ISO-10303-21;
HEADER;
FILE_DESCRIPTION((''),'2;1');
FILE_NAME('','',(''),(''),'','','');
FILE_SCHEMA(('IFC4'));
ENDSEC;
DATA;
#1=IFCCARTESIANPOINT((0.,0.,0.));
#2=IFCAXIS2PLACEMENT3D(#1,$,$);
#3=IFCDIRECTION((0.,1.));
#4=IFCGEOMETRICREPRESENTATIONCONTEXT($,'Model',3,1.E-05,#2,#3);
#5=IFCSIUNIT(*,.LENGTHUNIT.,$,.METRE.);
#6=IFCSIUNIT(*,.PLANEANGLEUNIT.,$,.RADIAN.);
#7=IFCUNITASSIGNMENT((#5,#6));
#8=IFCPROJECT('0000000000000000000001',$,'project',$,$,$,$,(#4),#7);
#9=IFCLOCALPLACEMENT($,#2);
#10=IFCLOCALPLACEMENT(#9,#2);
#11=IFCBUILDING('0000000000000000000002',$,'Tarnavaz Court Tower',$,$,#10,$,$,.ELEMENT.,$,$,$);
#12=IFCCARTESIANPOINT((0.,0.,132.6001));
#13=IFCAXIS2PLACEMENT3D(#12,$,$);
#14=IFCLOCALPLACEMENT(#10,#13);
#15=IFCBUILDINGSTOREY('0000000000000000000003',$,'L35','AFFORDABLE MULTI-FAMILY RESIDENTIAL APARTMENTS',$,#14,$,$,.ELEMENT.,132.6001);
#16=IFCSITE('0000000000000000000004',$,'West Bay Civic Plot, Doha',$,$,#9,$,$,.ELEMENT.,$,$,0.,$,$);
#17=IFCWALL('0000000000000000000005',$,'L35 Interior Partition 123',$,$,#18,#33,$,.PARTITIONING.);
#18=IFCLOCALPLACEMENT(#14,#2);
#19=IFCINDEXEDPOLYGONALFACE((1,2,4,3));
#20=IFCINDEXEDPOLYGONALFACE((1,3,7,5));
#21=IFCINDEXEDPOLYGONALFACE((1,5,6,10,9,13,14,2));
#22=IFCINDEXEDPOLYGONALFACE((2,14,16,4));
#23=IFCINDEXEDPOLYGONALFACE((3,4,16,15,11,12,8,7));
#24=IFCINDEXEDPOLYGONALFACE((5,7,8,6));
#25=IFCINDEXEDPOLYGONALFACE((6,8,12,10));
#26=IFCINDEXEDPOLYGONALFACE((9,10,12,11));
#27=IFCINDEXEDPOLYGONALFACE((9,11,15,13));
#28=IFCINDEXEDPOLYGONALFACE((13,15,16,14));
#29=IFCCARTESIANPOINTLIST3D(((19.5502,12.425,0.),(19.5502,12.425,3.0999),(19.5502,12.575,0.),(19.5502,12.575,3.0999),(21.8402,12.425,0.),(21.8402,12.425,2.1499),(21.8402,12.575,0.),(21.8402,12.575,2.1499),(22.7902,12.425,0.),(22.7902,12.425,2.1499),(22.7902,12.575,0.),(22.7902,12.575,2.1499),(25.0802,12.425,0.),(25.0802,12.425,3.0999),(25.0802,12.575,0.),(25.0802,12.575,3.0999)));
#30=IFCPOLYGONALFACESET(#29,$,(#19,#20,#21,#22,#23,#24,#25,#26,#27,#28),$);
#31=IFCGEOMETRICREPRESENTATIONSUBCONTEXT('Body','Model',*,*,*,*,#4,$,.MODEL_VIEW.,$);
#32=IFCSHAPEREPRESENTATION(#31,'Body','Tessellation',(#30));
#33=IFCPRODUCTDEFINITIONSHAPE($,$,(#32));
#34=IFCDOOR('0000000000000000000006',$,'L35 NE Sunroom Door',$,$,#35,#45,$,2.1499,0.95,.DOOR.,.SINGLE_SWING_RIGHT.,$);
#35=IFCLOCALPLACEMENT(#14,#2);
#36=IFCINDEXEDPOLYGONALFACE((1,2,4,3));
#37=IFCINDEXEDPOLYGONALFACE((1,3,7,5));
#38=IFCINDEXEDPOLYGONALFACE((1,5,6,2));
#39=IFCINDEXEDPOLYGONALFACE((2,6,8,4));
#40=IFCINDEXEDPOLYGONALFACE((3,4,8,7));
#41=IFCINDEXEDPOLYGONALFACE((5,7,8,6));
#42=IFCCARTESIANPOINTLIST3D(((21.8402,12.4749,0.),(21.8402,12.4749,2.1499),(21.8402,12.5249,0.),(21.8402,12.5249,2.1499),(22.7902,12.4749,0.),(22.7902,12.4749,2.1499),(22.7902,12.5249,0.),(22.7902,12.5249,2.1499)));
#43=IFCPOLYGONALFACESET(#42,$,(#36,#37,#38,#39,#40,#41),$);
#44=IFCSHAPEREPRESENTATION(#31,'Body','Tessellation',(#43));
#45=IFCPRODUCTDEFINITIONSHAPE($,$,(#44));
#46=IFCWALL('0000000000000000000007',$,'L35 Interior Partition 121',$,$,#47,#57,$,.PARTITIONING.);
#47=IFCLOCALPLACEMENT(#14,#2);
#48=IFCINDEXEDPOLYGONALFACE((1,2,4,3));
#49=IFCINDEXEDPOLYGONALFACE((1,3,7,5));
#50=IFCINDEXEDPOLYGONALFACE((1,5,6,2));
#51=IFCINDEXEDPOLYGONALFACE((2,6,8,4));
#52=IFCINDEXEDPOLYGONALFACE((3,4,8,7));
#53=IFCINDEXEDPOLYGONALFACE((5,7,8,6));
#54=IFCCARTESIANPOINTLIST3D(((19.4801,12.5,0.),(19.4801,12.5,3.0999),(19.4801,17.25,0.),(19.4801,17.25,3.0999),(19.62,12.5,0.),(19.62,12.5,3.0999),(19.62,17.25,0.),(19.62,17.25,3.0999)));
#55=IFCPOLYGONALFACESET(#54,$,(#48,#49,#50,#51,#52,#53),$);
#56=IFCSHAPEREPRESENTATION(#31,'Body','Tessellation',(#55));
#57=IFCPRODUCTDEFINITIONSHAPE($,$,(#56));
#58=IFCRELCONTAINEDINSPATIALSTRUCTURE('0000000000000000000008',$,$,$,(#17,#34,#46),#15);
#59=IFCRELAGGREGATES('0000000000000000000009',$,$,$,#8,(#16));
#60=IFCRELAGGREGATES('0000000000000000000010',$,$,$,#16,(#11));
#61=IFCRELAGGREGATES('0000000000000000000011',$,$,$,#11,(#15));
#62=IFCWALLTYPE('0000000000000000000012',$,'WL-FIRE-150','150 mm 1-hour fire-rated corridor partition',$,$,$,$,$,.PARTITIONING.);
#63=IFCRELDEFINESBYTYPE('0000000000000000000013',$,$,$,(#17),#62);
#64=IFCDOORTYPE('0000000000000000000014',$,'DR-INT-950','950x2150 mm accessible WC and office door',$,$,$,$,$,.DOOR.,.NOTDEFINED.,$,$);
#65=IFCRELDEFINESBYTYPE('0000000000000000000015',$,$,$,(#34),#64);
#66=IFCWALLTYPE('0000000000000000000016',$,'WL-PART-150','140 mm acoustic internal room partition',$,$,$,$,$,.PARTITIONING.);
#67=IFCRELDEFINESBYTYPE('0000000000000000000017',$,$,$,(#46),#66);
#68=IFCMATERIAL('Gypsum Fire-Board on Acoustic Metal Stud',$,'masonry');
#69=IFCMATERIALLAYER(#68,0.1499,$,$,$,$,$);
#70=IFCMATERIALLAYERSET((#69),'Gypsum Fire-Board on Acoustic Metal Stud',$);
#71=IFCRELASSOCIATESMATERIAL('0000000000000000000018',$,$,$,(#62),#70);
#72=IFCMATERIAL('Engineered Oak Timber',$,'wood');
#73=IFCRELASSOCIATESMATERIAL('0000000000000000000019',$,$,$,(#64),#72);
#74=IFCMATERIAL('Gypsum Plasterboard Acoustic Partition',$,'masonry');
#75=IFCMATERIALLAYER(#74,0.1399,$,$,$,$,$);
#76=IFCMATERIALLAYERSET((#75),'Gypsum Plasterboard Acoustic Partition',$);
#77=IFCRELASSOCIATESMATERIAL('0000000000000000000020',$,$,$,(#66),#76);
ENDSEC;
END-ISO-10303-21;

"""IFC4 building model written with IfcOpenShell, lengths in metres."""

from ifc_helpers import new_model, si_unit, direction, frame, frame_2d, origin, place, context, subcontext, project, spatial, rectangle, extrude, material, layer, layer_set, type_object, element, fill, save


model = new_model("IFC4")

# Units and contexts
model_context = context("Model", 3, precision=1e-05, world=origin(), true_north=direction((0.0, 1.0)))
body_context = subcontext(model_context, "Body", "Model", "MODEL_VIEW")
ifc_project = project(units=[si_unit("LENGTHUNIT", "METRE"), si_unit("PLANEANGLEUNIT", "RADIAN")], contexts=[model_context])

# Site, building, storey
site_placement = place(None, origin())
site = spatial("IfcSite", under=ifc_project, at=site_placement, Name="West Bay Civic Plot, Doha", CompositionType="ELEMENT", RefElevation=0.0)
building_placement = place(site_placement, origin())
building = spatial("IfcBuilding", under=site, at=building_placement, Name="Tarnavaz Court Tower", CompositionType="ELEMENT")
storey_placement = place(building_placement, frame((0.0, 0.0, 132.6001)))
storey = spatial("IfcBuildingStorey", under=building, at=storey_placement, Name="L35", Description="AFFORDABLE MULTI-FAMILY RESIDENTIAL APARTMENTS", CompositionType="ELEMENT", Elevation=132.6001)

# Wall, opening, door
ifc_material_1 = material(Name="Gypsum Fire-Board on Acoustic Metal Stud", Category="masonry")
ifc_layer_1 = layer(ifc_material_1, 0.1499)
ifc_layer_set_1 = layer_set([ifc_layer_1], Name="Gypsum Fire-Board on Acoustic Metal Stud")
wall_type_1 = type_object("IfcWallType", Name="WL-FIRE-150", Description="150 mm 1-hour fire-rated corridor partition", PredefinedType="PARTITIONING", material=ifc_layer_set_1)
wall_1_placement = place(storey_placement, frame((19.55, 12.5, 0.0), z_axis=(0.0, 0.0, 1.0), x_axis=(1.0, 0.0, 0.0)))
wall_1 = element("IfcWall", 1, at=wall_1_placement, inside=storey, type_object=wall_type_1, Name="L35 Interior Partition 123", PredefinedType="PARTITIONING", context=body_context, shape_type="SweptSolid", body=[
    extrude(rectangle(XDim=5.53, YDim=0.1499, at=frame_2d((2.7651, 0.0))), origin(), (0.0, 0.0, 1.0), 3.0999),
])
opening_1_placement = place(wall_1_placement, frame((2.29, 0.0, 0.0)))
opening_1 = element("IfcOpeningElement", 2, at=opening_1_placement, cuts=wall_1, PredefinedType="OPENING", context=body_context, shape_type="SweptSolid", body=[
    extrude(rectangle(XDim=0.95, YDim=2.1499, at=frame_2d((0.4751, 1.075))), frame((0.0, 0.085, 0.0), z_axis=(0.0, -1.0, 0.0), x_axis=(1.0, 0.0, 0.0)), (0.0, 0.0, 1.0), 0.1699),
])
ifc_material_2 = material(Name="Engineered Oak Timber", Category="wood")
door_type_1 = type_object("IfcDoorType", Name="DR-INT-950", Description="950x2150 mm accessible WC and office door", OperationType="NOTDEFINED", PredefinedType="DOOR", material=ifc_material_2)
door_1_placement = place(opening_1_placement, origin())
door_1 = element("IfcDoor", 3, at=door_1_placement, inside=storey, type_object=door_type_1, Name="L35 NE Sunroom Door", OperationType="SINGLE_SWING_RIGHT", OverallHeight=2.1499, OverallWidth=0.95, PredefinedType="DOOR", context=body_context, shape_type="SweptSolid", body=[
    extrude(rectangle(XDim=0.95, YDim=2.1499, at=frame_2d((0.4751, 1.075))), frame((0.0, 0.0249, 0.0), z_axis=(0.0, -1.0, 0.0), x_axis=(1.0, 0.0, 0.0)), (0.0, 0.0, 1.0), 0.05),
])
fill(opening_1, door_1)

# Wall
ifc_material_3 = material(Name="Gypsum Plasterboard Acoustic Partition", Category="masonry")
ifc_layer_2 = layer(ifc_material_3, 0.1399)
ifc_layer_set_2 = layer_set([ifc_layer_2], Name="Gypsum Plasterboard Acoustic Partition")
wall_type_2 = type_object("IfcWallType", Name="WL-PART-150", Description="140 mm acoustic internal room partition", PredefinedType="PARTITIONING", material=ifc_layer_set_2)
wall_2_placement = place(storey_placement, frame((19.55, 12.5, 0.0), z_axis=(0.0, 0.0, 1.0), x_axis=(0.0, 1.0, 0.0)))
element("IfcWall", 4, at=wall_2_placement, inside=storey, type_object=wall_type_2, Name="L35 Interior Partition 121", PredefinedType="PARTITIONING", context=body_context, shape_type="SweptSolid", body=[
    extrude(rectangle(XDim=4.75, YDim=0.1399, at=frame_2d((2.375, 0.0))), origin(), (0.0, 0.0, 1.0), 3.0999),
])

save(model, "model.ifc")
